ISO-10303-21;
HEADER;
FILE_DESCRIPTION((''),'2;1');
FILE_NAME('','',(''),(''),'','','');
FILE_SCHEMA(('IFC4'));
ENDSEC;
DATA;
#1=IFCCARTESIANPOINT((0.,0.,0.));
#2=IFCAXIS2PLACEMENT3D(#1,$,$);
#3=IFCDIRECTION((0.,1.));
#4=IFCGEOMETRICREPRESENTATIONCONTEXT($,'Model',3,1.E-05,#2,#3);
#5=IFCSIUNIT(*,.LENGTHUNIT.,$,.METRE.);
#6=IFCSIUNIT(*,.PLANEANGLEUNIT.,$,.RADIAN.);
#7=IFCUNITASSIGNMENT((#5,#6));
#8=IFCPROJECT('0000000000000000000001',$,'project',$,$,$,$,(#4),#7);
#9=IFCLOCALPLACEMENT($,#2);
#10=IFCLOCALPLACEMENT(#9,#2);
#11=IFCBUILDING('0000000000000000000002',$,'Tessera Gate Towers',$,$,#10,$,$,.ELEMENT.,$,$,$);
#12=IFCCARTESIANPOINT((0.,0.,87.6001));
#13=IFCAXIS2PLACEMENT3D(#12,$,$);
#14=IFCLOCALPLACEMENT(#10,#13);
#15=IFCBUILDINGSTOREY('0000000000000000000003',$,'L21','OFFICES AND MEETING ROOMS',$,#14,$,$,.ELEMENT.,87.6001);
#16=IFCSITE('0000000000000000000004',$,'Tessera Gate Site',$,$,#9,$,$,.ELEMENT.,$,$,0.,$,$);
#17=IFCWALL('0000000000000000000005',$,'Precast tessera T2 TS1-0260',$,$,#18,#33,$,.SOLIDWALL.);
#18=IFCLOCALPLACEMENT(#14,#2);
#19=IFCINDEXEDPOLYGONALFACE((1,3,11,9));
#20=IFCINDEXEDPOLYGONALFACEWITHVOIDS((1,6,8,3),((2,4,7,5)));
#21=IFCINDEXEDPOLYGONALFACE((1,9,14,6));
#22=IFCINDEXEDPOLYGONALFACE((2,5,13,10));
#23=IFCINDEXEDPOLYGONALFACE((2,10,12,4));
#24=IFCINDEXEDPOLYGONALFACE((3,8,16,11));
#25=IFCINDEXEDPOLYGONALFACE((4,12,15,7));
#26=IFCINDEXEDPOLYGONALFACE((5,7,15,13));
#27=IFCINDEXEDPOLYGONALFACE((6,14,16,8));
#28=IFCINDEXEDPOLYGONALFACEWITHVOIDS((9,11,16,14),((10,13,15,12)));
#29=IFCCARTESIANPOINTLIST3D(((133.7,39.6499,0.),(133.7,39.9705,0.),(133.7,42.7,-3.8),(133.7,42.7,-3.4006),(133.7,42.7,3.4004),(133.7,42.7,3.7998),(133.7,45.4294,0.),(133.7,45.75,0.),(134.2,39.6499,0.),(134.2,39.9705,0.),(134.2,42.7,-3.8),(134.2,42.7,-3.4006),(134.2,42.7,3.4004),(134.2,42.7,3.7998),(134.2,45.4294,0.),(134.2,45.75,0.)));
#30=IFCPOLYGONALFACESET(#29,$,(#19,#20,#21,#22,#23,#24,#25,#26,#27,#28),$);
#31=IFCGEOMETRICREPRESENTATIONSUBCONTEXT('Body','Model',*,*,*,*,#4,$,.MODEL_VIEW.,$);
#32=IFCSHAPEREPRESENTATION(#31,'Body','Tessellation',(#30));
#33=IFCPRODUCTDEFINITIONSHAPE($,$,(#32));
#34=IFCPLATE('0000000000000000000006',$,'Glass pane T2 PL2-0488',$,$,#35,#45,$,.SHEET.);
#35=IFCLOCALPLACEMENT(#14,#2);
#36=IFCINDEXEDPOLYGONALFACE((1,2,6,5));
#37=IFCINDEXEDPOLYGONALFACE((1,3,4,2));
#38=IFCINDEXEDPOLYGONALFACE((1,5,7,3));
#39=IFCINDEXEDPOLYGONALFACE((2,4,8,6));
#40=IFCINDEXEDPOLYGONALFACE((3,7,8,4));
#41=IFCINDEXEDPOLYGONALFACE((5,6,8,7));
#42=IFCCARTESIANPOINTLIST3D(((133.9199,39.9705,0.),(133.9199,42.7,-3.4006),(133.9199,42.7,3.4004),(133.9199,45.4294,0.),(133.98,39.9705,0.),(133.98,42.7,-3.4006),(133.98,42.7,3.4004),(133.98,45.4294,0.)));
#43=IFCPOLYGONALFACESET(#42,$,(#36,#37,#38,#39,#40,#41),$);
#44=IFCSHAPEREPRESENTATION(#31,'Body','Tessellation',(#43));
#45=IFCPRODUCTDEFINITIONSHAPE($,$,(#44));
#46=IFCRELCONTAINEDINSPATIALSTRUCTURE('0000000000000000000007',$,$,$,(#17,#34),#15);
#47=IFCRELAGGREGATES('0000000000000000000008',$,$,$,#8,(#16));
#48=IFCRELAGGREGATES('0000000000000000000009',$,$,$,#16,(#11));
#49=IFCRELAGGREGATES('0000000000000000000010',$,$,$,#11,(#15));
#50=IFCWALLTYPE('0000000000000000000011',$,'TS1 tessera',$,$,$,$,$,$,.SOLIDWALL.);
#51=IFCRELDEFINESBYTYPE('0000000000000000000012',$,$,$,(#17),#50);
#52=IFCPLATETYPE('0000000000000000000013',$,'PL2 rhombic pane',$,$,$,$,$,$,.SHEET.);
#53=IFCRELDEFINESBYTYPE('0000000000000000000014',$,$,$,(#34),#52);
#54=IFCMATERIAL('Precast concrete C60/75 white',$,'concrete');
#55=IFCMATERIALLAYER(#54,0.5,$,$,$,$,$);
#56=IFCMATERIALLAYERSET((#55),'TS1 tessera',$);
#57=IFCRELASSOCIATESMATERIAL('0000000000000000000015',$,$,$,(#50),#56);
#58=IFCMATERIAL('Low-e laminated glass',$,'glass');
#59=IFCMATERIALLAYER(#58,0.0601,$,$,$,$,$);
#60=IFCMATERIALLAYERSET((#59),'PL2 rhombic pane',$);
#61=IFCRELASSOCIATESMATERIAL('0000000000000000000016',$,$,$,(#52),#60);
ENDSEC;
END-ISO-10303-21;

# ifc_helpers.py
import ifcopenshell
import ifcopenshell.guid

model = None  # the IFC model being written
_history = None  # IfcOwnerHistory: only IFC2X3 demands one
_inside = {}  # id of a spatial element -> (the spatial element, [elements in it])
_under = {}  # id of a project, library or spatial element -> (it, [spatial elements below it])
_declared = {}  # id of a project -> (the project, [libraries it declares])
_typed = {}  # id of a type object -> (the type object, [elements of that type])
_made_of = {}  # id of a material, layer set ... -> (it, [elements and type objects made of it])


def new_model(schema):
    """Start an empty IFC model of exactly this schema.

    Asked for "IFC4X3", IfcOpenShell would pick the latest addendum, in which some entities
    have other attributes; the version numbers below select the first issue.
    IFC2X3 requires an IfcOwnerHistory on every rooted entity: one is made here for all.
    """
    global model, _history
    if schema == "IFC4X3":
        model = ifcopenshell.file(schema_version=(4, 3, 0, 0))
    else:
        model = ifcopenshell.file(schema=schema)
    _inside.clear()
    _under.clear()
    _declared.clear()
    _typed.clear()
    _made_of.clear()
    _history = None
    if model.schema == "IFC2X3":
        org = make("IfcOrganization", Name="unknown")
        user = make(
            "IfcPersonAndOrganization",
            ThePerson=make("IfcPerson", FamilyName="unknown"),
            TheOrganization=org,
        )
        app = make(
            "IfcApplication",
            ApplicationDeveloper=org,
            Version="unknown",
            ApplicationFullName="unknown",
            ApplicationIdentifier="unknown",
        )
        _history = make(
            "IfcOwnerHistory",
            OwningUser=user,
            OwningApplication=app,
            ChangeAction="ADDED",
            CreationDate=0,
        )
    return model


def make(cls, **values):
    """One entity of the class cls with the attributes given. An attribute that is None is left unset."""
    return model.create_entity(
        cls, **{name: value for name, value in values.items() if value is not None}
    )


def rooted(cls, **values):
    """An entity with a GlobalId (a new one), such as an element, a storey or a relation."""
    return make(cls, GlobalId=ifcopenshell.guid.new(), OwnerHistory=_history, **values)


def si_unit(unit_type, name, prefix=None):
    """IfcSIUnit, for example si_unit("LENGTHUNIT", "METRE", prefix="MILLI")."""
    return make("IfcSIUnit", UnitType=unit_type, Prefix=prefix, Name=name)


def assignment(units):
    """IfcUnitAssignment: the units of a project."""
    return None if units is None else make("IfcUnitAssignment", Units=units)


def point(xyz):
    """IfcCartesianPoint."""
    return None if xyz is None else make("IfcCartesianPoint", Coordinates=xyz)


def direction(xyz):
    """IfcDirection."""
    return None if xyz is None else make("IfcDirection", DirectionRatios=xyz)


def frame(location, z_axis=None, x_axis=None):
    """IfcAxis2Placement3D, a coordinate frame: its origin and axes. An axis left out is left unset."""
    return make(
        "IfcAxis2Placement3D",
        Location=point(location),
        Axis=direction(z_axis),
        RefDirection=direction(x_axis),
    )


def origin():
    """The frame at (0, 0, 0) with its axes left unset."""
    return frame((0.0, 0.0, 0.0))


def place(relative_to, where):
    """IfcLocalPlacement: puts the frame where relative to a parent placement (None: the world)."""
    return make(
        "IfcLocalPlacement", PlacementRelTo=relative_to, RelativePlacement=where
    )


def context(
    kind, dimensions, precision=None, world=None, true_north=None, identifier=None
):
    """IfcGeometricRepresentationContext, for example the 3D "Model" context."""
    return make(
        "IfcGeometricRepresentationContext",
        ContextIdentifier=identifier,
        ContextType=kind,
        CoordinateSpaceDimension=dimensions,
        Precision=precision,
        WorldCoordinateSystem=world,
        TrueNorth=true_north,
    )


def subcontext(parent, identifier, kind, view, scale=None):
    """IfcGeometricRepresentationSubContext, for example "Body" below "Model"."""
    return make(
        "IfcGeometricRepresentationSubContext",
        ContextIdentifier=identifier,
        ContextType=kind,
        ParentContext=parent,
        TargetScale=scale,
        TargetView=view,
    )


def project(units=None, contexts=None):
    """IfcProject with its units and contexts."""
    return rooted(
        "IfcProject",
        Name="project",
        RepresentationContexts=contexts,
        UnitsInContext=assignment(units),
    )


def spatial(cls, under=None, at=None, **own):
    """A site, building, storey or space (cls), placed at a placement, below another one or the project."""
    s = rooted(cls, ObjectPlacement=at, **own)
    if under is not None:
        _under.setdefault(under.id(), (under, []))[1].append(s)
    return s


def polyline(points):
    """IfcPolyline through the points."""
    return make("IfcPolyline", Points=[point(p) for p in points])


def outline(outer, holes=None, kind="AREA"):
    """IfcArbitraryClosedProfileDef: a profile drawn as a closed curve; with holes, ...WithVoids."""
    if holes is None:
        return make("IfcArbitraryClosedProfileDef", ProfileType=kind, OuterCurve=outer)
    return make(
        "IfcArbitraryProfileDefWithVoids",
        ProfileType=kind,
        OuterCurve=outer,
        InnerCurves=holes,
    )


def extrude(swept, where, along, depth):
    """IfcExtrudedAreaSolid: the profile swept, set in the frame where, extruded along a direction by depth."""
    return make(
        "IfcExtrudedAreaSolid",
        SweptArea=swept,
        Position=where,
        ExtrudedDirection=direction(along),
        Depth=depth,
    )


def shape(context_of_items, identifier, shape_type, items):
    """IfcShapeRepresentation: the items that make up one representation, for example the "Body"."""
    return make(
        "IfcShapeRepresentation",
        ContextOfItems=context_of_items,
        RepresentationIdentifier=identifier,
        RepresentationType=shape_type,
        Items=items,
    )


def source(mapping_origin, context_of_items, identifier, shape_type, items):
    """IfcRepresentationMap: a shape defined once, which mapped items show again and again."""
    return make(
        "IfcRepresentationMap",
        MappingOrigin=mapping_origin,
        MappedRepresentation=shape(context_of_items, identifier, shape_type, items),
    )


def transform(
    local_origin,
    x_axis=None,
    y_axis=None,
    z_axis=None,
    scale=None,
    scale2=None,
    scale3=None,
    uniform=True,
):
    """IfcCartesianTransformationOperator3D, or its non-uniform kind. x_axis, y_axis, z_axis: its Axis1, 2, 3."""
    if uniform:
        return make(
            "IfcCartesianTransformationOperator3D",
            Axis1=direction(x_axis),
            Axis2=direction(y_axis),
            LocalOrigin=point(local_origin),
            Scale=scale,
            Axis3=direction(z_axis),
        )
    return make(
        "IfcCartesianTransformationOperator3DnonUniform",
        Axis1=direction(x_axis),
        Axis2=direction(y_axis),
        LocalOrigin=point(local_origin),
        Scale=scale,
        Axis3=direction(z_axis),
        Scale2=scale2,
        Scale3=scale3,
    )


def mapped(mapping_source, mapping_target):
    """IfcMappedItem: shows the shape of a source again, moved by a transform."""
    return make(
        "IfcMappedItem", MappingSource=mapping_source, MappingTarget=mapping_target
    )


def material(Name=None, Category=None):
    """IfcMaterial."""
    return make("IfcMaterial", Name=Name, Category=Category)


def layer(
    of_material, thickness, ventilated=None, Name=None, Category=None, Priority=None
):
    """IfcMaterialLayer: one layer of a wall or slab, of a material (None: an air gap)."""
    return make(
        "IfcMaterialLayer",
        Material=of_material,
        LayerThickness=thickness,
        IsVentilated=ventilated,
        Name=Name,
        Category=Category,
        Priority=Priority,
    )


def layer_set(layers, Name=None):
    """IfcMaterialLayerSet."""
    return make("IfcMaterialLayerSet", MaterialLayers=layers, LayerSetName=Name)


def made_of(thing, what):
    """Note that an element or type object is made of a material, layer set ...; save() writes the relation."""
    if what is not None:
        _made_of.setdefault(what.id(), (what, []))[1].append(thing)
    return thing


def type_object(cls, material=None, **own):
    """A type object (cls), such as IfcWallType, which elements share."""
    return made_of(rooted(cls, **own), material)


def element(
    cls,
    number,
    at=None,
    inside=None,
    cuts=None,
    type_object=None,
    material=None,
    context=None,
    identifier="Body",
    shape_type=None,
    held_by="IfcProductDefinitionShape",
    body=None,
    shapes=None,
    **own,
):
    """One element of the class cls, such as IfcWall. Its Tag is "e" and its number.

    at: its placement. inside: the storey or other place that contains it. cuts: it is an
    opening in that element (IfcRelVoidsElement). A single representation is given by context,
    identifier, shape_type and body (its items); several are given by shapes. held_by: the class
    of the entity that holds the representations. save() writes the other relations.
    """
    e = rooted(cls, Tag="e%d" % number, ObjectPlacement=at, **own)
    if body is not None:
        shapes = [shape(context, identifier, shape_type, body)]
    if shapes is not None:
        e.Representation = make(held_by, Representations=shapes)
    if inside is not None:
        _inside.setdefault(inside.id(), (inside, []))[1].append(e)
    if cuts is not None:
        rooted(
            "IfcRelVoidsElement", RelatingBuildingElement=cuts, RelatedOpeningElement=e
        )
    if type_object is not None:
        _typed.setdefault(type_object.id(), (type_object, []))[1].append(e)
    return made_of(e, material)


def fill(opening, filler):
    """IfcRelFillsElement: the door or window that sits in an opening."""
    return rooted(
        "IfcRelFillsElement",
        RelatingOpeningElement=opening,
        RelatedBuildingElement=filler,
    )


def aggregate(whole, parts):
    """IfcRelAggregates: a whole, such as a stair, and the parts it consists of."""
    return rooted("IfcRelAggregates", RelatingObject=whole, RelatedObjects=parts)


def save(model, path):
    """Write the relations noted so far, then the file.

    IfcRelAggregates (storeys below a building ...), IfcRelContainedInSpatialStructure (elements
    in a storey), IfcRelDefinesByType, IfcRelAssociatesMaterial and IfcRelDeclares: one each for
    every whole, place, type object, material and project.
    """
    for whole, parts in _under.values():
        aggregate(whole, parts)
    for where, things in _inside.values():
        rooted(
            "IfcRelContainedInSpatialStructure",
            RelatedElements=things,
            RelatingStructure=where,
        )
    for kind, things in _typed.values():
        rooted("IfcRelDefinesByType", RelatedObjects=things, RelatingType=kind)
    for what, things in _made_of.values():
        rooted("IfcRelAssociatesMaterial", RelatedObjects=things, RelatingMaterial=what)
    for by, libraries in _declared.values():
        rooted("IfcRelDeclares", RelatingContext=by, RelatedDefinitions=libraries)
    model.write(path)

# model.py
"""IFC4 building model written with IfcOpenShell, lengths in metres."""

from ifc_helpers import new_model, si_unit, direction, frame, origin, place, context, subcontext, project, spatial, polyline, outline, extrude, source, transform, mapped, material, layer, layer_set, type_object, element, fill, save


model = new_model("IFC4")

# Units and contexts
model_context = context("Model", 3, precision=1e-05, world=origin(), true_north=direction((0.0, 1.0)))
body_context = subcontext(model_context, "Body", "Model", "MODEL_VIEW")
ifc_project = project(units=[si_unit("LENGTHUNIT", "METRE"), si_unit("PLANEANGLEUNIT", "RADIAN")], contexts=[model_context])

# Site, building, storey
site_placement = place(None, origin())
site = spatial("IfcSite", under=ifc_project, at=site_placement, Name="Tessera Gate Site", CompositionType="ELEMENT", RefElevation=0.0)
building_placement = place(site_placement, origin())
building = spatial("IfcBuilding", under=site, at=building_placement, Name="Tessera Gate Towers", CompositionType="ELEMENT")
storey_placement = place(building_placement, frame((0.0, 0.0, 87.6001)))
storey = spatial("IfcBuildingStorey", under=building, at=storey_placement, Name="L21", Description="OFFICES AND MEETING ROOMS", CompositionType="ELEMENT", Elevation=87.6001)

# Wall, opening, plate
ifc_material_1 = material(Name="Precast concrete C60/75 white", Category="concrete")
ifc_layer_1 = layer(ifc_material_1, 0.5)
ifc_layer_set_1 = layer_set([ifc_layer_1], Name="TS1 tessera")
wall_type_1 = type_object("IfcWallType", Name="TS1 tessera", PredefinedType="SOLIDWALL", material=ifc_layer_set_1)
shared_shape_1 = source(origin(), body_context, "Body", "SweptSolid", [
    extrude(outline(polyline([(3.05, 0.0), (6.1001, 3.8), (3.05, 7.5999), (0.0, 3.8), (3.05, 0.0)])), frame((0.0, 0.25, 0.0), z_axis=(0.0, -1.0, 0.0), x_axis=(1.0, 0.0, 0.0)), (0.0, 0.0, 1.0), 0.5),
])
wall_1_placement = place(storey_placement, frame((133.95, 39.6499, -3.8), z_axis=(0.0, 0.0, 1.0), x_axis=(0.0, 1.0, 0.0)))
wall_1 = element("IfcWall", 1, at=wall_1_placement, inside=storey, type_object=wall_type_1, Name="Precast tessera T2 TS1-0260", PredefinedType="SOLIDWALL", context=body_context, shape_type="MappedRepresentation", body=[
    mapped(shared_shape_1, transform((0.0, 0.0, 0.0), scale=1.0)),
])
shared_shape_2 = source(origin(), body_context, "Body", "SweptSolid", [
    extrude(outline(polyline([(3.05, 0.3994), (5.7795, 3.8), (3.05, 7.2004), (0.3206, 3.8), (3.05, 0.3994)])), frame((0.0, 0.26, 0.0), z_axis=(0.0, -1.0, 0.0), x_axis=(1.0, 0.0, 0.0)), (0.0, 0.0, 1.0), 0.52),
])
opening_1_placement = place(wall_1_placement, origin())
opening_1 = element("IfcOpeningElement", 2, at=opening_1_placement, cuts=wall_1, PredefinedType="OPENING", context=body_context, shape_type="MappedRepresentation", body=[
    mapped(shared_shape_2, transform((0.0, 0.0, 0.0), scale=1.0)),
])
ifc_material_2 = material(Name="Low-e laminated glass", Category="glass")
ifc_layer_2 = layer(ifc_material_2, 0.0601)
ifc_layer_set_2 = layer_set([ifc_layer_2], Name="PL2 rhombic pane")
plate_type = type_object("IfcPlateType", Name="PL2 rhombic pane", PredefinedType="SHEET", material=ifc_layer_set_2)
shared_shape_3 = source(origin(), body_context, "Body", "SweptSolid", [
    extrude(outline(polyline([(3.05, 0.3994), (5.7795, 3.8), (3.05, 7.2004), (0.3206, 3.8), (3.05, 0.3994)])), frame((0.0, 0.03, 0.0), z_axis=(0.0, -1.0, 0.0), x_axis=(1.0, 0.0, 0.0)), (0.0, 0.0, 1.0), 0.0601),
])
plate_placement = place(opening_1_placement, origin())
plate = element("IfcPlate", 3, at=plate_placement, inside=storey, type_object=plate_type, Name="Glass pane T2 PL2-0488", PredefinedType="SHEET", context=body_context, shape_type="MappedRepresentation", body=[
    mapped(shared_shape_3, transform((0.0, 0.0, 0.0), scale=1.0)),
])
fill(opening_1, plate)

save(model, "model.ifc")
